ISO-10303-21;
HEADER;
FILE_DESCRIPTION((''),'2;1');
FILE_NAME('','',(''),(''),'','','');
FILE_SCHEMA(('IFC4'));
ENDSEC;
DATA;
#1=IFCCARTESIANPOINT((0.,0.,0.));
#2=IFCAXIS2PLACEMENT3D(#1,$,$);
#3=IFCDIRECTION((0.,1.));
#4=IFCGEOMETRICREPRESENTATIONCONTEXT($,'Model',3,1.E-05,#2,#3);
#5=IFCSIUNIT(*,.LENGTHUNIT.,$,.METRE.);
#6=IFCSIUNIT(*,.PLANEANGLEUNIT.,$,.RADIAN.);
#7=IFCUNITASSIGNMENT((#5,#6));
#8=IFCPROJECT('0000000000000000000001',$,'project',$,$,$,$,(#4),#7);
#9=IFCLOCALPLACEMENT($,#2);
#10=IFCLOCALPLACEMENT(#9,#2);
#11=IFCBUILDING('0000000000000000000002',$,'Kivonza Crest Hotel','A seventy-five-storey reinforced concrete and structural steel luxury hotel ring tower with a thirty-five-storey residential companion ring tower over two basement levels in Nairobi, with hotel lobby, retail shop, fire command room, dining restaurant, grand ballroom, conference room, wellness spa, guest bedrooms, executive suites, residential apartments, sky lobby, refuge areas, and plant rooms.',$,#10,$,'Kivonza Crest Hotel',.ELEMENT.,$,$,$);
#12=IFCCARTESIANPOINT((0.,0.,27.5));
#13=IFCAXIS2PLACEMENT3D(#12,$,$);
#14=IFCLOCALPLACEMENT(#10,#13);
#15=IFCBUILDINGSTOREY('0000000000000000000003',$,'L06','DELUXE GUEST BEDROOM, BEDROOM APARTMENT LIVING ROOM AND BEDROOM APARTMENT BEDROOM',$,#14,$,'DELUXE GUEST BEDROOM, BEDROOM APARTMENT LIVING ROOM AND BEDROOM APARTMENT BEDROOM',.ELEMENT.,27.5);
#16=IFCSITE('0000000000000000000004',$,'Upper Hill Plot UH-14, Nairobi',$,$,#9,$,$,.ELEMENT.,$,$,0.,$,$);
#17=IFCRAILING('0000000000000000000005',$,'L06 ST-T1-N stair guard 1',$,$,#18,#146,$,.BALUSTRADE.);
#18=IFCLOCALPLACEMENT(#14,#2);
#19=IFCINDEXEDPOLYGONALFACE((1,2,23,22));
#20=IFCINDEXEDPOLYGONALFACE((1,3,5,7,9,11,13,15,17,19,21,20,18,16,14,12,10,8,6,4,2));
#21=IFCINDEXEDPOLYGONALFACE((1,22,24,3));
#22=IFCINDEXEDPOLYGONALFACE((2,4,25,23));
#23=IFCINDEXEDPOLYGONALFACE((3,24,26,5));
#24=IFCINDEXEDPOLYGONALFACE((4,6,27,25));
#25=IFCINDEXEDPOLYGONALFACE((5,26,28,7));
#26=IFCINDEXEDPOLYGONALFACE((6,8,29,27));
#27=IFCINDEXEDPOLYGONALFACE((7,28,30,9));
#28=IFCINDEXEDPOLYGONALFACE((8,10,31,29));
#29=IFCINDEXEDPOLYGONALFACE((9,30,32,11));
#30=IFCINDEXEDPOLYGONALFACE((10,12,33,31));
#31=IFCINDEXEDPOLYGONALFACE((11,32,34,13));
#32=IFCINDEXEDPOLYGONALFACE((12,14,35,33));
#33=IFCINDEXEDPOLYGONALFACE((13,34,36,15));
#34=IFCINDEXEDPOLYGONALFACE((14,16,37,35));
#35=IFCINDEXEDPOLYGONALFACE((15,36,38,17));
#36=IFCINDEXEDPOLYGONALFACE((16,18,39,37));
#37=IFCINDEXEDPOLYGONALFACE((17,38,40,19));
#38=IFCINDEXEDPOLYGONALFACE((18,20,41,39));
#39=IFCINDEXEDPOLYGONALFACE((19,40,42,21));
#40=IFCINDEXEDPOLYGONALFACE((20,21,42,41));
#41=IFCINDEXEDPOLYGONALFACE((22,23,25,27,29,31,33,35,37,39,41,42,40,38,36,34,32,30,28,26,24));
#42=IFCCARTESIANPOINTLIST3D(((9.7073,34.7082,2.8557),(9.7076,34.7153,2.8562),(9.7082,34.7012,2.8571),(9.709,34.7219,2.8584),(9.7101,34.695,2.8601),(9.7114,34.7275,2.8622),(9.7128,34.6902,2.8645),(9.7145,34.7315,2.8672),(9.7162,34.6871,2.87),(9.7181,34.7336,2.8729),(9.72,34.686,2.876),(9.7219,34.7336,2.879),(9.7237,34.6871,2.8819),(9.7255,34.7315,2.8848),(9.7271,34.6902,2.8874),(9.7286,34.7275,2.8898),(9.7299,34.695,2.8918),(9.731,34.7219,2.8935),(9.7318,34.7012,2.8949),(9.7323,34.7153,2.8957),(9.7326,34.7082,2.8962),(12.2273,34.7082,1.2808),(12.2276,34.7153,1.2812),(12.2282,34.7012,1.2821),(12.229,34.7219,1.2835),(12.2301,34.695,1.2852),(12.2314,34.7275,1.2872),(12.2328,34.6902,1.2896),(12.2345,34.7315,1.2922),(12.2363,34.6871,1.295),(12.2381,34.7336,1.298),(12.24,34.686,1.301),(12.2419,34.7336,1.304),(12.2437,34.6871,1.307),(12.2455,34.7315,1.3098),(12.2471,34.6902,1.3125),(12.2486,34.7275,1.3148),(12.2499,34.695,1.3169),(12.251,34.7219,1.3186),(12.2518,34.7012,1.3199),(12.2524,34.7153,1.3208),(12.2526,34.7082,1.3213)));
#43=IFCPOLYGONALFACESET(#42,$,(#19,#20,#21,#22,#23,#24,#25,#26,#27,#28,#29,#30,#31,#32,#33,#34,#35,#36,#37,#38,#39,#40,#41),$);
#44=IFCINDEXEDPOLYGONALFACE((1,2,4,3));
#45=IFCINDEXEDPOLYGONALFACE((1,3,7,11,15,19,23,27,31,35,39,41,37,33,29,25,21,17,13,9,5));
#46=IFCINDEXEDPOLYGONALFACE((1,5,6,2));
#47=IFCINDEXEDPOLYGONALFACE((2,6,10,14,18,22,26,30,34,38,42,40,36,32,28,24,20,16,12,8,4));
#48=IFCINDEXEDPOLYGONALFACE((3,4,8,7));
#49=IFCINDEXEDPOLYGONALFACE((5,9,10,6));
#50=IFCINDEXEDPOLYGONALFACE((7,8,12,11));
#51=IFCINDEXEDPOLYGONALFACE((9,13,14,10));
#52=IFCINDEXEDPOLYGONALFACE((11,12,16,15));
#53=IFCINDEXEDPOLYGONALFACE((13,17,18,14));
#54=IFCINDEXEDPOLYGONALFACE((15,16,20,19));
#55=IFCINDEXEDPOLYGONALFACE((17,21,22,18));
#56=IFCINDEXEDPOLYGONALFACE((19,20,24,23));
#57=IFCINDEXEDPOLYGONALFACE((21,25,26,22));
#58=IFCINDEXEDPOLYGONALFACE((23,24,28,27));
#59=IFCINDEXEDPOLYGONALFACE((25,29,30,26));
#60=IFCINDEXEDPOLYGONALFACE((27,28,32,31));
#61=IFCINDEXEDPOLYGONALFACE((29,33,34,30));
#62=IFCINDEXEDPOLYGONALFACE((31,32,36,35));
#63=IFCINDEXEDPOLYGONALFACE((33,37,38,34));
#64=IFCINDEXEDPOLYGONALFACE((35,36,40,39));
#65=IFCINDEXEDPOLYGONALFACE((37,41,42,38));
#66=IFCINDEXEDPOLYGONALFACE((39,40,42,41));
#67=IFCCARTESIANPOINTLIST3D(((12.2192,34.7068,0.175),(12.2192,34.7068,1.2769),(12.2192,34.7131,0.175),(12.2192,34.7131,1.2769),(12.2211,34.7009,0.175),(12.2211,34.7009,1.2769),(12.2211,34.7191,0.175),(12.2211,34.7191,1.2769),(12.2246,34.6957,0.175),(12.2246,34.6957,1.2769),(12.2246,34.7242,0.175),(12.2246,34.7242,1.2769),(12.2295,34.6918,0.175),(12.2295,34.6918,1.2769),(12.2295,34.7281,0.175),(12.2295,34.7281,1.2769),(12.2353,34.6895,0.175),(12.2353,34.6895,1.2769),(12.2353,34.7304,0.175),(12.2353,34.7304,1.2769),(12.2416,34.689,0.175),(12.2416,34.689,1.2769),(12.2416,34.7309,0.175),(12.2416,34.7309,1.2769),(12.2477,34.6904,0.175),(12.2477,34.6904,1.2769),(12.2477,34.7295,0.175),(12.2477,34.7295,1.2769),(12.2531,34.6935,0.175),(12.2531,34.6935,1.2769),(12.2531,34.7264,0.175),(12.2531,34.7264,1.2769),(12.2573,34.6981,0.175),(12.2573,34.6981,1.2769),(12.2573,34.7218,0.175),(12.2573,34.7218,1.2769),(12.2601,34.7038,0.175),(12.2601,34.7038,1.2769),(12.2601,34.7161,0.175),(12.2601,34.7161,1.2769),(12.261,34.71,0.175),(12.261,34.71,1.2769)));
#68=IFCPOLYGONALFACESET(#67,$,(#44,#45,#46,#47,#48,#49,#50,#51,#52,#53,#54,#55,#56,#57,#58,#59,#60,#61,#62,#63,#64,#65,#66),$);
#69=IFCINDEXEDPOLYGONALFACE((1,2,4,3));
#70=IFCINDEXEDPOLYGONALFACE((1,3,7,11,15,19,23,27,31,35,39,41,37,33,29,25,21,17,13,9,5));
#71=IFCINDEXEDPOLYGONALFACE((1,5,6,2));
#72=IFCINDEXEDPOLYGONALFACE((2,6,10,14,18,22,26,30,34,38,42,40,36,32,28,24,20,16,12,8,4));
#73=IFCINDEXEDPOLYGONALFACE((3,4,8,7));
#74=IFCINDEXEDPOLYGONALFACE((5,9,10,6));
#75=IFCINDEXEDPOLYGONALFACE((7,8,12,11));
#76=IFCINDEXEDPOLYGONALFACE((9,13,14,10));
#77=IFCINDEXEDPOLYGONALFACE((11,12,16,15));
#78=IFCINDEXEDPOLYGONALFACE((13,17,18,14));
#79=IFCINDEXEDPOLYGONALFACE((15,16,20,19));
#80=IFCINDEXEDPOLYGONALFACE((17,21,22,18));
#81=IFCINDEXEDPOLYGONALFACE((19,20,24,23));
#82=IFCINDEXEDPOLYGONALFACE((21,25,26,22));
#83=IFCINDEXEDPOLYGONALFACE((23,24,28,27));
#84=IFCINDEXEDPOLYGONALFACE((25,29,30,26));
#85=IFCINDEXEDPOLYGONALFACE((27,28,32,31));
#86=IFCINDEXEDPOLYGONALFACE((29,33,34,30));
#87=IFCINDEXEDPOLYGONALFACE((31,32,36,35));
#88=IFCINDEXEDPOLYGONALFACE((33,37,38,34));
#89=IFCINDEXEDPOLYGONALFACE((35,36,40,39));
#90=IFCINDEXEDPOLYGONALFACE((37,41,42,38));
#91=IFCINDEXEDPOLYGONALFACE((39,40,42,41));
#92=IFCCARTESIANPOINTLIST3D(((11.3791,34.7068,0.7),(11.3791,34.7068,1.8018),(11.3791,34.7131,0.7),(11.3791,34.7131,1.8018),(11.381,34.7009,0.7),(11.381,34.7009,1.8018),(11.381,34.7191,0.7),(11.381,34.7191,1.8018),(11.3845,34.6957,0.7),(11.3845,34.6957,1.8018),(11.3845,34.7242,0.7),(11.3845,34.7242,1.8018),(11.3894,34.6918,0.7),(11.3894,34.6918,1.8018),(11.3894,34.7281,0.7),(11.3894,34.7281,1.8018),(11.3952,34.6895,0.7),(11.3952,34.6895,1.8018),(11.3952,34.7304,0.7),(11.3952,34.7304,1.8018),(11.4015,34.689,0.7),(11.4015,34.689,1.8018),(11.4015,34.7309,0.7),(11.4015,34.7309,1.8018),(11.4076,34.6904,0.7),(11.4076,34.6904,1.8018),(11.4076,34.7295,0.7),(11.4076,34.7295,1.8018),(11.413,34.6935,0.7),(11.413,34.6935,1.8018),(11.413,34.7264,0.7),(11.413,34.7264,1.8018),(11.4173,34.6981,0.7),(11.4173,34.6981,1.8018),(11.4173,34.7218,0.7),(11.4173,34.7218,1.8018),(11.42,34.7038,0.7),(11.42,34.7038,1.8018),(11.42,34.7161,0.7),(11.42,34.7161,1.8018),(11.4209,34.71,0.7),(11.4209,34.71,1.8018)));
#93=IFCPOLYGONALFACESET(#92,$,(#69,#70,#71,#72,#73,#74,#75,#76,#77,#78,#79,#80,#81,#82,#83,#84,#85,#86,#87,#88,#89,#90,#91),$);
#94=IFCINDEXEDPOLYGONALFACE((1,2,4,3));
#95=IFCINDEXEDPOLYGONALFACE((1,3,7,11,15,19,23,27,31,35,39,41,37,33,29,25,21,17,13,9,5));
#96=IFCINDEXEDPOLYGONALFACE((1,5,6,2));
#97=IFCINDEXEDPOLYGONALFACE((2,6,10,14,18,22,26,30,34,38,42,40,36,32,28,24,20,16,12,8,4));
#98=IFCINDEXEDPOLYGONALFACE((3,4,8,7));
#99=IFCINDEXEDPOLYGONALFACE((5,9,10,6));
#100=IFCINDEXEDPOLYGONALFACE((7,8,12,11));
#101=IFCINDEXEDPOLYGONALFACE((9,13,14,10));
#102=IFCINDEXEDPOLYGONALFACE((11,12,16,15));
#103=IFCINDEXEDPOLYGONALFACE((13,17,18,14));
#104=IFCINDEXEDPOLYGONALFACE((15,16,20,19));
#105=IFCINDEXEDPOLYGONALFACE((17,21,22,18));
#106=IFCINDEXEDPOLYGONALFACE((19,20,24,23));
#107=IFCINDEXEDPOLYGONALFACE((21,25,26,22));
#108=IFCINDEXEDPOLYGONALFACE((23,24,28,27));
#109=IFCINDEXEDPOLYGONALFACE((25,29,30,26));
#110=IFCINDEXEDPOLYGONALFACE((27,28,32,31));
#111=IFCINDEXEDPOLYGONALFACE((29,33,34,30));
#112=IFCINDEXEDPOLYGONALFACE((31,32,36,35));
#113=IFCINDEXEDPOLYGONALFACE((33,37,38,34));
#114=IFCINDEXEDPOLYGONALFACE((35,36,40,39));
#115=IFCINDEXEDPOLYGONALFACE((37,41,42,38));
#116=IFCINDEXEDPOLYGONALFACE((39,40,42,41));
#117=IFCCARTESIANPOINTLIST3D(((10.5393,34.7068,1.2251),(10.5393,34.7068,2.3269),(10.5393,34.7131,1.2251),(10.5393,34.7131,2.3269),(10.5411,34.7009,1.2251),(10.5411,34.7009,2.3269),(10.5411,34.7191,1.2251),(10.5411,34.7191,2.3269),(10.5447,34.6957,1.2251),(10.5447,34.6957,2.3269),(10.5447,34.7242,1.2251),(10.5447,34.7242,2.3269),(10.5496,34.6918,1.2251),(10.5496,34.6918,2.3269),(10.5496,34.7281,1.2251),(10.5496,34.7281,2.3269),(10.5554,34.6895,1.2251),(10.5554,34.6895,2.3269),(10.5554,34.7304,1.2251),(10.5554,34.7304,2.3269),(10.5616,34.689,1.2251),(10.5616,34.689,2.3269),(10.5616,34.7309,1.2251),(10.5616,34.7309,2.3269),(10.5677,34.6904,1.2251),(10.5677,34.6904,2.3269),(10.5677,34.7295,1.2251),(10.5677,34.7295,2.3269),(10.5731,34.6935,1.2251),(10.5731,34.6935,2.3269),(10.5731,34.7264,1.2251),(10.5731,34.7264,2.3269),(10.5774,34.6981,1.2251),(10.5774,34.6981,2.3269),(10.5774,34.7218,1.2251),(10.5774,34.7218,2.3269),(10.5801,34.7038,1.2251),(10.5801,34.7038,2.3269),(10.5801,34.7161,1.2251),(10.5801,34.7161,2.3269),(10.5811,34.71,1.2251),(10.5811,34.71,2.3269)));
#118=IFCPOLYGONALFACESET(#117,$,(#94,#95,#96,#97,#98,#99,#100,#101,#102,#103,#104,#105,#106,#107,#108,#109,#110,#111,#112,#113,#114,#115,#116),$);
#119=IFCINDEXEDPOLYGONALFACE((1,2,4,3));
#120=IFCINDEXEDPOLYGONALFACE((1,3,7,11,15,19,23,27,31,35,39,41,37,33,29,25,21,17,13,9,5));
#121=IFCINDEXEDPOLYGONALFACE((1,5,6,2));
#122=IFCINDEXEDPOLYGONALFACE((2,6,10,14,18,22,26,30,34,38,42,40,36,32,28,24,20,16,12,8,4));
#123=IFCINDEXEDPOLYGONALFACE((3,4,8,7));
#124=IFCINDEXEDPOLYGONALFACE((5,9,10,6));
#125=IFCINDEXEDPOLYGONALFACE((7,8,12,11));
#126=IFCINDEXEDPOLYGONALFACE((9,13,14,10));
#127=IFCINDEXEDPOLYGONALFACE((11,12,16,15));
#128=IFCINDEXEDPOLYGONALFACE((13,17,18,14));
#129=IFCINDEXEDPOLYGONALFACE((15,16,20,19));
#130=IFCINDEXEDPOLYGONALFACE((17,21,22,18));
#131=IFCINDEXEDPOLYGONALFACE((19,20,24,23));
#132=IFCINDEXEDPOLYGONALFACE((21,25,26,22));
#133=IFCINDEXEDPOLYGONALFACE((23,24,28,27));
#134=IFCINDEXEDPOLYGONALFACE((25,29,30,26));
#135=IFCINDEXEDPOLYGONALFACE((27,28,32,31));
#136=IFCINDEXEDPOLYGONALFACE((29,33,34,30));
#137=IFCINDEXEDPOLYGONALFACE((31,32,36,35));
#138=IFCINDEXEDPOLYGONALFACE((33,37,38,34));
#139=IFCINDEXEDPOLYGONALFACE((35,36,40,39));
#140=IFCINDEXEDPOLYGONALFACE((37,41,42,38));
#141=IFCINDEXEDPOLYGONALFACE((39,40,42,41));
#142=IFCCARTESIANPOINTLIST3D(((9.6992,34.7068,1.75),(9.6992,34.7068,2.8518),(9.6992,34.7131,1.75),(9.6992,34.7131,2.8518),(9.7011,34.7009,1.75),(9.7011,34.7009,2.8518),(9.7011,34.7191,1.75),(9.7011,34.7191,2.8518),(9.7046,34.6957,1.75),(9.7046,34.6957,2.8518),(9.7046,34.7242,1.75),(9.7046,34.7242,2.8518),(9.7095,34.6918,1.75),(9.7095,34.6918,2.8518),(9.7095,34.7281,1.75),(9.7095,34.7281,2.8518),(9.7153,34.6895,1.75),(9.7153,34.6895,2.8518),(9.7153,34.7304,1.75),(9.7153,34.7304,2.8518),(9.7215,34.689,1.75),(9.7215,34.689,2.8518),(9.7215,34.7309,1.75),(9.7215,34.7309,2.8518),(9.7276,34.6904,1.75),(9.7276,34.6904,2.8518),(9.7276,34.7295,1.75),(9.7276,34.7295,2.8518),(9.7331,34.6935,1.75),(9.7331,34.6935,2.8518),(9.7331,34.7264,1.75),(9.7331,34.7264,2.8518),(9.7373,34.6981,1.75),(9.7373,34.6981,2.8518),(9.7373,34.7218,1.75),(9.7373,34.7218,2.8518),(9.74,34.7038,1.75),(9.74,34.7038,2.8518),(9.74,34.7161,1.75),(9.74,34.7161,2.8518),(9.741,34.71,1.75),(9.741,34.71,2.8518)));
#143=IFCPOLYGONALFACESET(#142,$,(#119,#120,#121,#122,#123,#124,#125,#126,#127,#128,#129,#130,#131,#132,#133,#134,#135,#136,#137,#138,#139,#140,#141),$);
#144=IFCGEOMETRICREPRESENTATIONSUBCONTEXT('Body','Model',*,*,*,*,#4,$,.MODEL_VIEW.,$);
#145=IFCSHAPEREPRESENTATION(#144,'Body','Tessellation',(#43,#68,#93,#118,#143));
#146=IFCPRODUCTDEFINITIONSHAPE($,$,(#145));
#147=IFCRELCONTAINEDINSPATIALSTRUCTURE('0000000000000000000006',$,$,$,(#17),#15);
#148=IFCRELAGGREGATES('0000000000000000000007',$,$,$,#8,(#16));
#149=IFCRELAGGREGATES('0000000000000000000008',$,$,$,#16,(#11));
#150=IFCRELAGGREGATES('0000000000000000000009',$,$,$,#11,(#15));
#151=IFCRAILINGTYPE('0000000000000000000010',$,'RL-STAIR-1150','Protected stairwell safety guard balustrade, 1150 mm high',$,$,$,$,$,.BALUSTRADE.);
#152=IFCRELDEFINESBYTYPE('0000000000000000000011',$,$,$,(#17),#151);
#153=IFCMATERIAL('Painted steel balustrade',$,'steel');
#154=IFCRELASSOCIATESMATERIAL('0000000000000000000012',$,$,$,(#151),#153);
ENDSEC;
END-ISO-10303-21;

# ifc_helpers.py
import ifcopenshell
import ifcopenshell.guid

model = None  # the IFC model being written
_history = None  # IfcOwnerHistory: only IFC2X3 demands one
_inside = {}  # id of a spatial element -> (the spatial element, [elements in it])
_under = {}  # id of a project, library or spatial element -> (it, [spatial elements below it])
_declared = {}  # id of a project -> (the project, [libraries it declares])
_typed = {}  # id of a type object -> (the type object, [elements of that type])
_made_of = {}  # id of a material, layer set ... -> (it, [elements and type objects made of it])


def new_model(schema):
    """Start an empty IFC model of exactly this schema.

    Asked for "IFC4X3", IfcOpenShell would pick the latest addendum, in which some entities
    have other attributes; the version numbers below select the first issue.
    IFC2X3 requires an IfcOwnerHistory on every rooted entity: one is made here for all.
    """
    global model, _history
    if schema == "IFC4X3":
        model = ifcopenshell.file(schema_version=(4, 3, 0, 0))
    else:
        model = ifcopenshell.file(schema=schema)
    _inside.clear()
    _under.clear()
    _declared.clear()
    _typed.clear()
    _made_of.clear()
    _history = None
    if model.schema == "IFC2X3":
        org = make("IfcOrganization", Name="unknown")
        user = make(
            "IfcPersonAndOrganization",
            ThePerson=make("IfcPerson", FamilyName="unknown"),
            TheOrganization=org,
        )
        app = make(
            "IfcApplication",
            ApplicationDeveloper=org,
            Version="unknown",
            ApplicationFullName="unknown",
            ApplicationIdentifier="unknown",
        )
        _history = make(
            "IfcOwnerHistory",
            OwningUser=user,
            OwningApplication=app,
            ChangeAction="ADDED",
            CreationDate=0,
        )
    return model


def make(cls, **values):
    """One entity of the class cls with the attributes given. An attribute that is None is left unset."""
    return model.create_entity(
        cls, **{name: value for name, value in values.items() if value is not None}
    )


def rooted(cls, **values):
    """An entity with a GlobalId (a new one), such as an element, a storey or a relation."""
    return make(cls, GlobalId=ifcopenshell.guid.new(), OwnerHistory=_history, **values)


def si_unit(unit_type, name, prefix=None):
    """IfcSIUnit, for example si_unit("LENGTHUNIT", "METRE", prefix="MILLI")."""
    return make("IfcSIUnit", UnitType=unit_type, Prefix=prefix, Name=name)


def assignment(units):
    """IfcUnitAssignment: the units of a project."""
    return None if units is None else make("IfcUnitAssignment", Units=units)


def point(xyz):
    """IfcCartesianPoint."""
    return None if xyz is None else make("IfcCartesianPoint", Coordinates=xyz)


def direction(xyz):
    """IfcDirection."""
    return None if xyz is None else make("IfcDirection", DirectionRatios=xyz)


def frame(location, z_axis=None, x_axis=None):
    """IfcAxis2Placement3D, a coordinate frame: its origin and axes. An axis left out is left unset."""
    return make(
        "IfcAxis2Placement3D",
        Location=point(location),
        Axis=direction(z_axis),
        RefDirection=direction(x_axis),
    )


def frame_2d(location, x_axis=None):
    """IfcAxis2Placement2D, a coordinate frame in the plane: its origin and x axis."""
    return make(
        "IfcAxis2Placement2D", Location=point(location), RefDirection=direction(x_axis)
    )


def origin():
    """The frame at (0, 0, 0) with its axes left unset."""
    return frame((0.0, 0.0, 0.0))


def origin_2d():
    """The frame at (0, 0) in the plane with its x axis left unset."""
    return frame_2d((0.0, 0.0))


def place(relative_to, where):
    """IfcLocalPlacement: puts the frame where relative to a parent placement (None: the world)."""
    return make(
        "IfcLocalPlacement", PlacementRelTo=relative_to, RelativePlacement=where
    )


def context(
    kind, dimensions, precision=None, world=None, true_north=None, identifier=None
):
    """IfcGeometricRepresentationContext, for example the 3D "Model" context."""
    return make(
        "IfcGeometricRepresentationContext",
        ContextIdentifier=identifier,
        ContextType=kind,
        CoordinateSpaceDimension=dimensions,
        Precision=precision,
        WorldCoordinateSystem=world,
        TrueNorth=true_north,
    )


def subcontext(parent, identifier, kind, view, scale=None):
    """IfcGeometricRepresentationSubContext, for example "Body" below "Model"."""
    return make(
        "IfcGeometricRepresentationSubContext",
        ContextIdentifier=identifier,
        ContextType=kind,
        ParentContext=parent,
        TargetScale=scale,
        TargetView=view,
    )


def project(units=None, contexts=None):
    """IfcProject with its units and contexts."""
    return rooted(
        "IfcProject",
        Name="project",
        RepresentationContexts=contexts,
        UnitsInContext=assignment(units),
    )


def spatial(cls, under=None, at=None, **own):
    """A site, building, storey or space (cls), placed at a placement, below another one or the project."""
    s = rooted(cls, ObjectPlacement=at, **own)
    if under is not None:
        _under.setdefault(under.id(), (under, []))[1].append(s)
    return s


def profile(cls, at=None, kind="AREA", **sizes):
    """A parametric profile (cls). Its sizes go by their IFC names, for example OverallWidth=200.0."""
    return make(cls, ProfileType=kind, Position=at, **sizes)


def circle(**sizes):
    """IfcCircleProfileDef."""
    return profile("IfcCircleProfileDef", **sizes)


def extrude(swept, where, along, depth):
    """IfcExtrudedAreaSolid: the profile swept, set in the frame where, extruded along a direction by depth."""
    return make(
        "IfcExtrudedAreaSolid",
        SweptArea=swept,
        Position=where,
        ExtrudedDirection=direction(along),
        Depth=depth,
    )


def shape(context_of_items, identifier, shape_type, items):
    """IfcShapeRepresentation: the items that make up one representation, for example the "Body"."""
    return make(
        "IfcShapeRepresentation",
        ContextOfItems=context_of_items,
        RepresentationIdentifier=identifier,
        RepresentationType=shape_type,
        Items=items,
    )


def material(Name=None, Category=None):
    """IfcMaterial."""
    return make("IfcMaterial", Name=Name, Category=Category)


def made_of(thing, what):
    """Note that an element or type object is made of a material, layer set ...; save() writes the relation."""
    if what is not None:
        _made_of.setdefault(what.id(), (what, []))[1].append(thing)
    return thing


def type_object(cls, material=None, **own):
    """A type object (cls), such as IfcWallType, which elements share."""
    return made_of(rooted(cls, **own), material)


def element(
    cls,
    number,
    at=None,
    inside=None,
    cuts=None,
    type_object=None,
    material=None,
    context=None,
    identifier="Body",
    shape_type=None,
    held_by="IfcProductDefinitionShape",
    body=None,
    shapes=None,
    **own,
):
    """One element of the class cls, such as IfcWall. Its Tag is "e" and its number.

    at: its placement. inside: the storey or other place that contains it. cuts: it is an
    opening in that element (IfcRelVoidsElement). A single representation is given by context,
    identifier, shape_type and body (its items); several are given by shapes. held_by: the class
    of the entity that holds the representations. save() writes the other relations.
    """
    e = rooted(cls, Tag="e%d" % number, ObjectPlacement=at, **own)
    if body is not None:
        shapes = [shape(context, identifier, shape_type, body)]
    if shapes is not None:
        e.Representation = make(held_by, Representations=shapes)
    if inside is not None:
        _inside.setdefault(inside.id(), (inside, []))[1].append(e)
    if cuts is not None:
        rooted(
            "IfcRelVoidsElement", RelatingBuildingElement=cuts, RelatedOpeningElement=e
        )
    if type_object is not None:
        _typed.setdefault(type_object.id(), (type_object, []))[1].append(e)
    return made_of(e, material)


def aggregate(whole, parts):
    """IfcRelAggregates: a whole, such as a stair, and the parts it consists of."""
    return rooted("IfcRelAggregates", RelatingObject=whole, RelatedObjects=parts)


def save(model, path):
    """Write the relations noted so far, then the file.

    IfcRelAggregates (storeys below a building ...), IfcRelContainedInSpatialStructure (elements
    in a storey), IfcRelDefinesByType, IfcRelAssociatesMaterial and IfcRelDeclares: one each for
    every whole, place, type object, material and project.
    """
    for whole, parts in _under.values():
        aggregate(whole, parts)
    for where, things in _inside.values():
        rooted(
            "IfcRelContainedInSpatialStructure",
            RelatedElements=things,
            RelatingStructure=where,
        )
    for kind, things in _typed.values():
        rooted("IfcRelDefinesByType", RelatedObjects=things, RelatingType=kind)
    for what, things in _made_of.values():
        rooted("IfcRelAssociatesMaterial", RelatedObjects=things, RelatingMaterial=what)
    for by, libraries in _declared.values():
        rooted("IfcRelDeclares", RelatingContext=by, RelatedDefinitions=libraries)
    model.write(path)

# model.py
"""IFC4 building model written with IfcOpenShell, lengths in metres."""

from ifc_helpers import new_model, si_unit, direction, frame, origin, origin_2d, place, context, subcontext, project, spatial, circle, extrude, material, type_object, element, save


model = new_model("IFC4")

# Units and contexts
model_context = context("Model", 3, precision=1e-05, world=origin(), true_north=direction((0.0, 1.0)))
body_context = subcontext(model_context, "Body", "Model", "MODEL_VIEW")
ifc_project = project(units=[si_unit("LENGTHUNIT", "METRE"), si_unit("PLANEANGLEUNIT", "RADIAN")], contexts=[model_context])

# Site, building, storey
site_placement = place(None, origin())
site = spatial("IfcSite", under=ifc_project, at=site_placement, Name="Upper Hill Plot UH-14, Nairobi", CompositionType="ELEMENT", RefElevation=0.0)
building_placement = place(site_placement, origin())
building = spatial("IfcBuilding", under=site, at=building_placement, Name="Kivonza Crest Hotel", Description="A seventy-five-storey reinforced concrete and structural steel luxury hotel ring tower with a thirty-five-storey residential companion ring tower over two basement levels in Nairobi, with hotel lobby, retail shop, fire command room, dining restaurant, grand ballroom, conference room, wellness spa, guest bedrooms, executive suites, residential apartments, sky lobby, refuge areas, and plant rooms.", LongName="Kivonza Crest Hotel", CompositionType="ELEMENT")
storey_placement = place(building_placement, frame((0.0, 0.0, 27.5)))
storey = spatial("IfcBuildingStorey", under=building, at=storey_placement, Name="L06", Description="DELUXE GUEST BEDROOM, BEDROOM APARTMENT LIVING ROOM AND BEDROOM APARTMENT BEDROOM", LongName="DELUXE GUEST BEDROOM, BEDROOM APARTMENT LIVING ROOM AND BEDROOM APARTMENT BEDROOM", CompositionType="ELEMENT", Elevation=27.5)

# Railing
ifc_material_1 = material(Name="Painted steel balustrade", Category="steel")
railing_type_1 = type_object("IfcRailingType", Name="RL-STAIR-1150", Description="Protected stairwell safety guard balustrade, 1150 mm high", PredefinedType="BALUSTRADE", material=ifc_material_1)
railing_1_placement = place(storey_placement, frame((12.24, 34.71, 0.175)))
element("IfcRailing", 1, at=railing_1_placement, inside=storey, type_object=railing_type_1, Name="L06 ST-T1-N stair guard 1", PredefinedType="BALUSTRADE", context=body_context, shape_type="SweptSolid", body=[
    extrude(circle(Radius=0.0239, at=origin_2d()), frame((0.0, 0.0, 1.126), z_axis=(-0.848008, 0.0, 0.529984), x_axis=(0.0, -1.0, 0.0)), (0.0, 0.0, 1.0), 2.9717),
    extrude(circle(Radius=0.021, at=origin_2d()), origin(), (0.0, 0.0, 1.0), 1.1018),
    extrude(circle(Radius=0.021, at=origin_2d()), frame((-0.8401, 0.0, 0.5249)), (0.0, 0.0, 1.0), 1.1018),
    extrude(circle(Radius=0.021, at=origin_2d()), frame((-1.6799, 0.0, 1.05)), (0.0, 0.0, 1.0), 1.1018),
    extrude(circle(Radius=0.021, at=origin_2d()), frame((-2.52, 0.0, 1.575)), (0.0, 0.0, 1.0), 1.1018),
])

save(model, "model.ifc")
